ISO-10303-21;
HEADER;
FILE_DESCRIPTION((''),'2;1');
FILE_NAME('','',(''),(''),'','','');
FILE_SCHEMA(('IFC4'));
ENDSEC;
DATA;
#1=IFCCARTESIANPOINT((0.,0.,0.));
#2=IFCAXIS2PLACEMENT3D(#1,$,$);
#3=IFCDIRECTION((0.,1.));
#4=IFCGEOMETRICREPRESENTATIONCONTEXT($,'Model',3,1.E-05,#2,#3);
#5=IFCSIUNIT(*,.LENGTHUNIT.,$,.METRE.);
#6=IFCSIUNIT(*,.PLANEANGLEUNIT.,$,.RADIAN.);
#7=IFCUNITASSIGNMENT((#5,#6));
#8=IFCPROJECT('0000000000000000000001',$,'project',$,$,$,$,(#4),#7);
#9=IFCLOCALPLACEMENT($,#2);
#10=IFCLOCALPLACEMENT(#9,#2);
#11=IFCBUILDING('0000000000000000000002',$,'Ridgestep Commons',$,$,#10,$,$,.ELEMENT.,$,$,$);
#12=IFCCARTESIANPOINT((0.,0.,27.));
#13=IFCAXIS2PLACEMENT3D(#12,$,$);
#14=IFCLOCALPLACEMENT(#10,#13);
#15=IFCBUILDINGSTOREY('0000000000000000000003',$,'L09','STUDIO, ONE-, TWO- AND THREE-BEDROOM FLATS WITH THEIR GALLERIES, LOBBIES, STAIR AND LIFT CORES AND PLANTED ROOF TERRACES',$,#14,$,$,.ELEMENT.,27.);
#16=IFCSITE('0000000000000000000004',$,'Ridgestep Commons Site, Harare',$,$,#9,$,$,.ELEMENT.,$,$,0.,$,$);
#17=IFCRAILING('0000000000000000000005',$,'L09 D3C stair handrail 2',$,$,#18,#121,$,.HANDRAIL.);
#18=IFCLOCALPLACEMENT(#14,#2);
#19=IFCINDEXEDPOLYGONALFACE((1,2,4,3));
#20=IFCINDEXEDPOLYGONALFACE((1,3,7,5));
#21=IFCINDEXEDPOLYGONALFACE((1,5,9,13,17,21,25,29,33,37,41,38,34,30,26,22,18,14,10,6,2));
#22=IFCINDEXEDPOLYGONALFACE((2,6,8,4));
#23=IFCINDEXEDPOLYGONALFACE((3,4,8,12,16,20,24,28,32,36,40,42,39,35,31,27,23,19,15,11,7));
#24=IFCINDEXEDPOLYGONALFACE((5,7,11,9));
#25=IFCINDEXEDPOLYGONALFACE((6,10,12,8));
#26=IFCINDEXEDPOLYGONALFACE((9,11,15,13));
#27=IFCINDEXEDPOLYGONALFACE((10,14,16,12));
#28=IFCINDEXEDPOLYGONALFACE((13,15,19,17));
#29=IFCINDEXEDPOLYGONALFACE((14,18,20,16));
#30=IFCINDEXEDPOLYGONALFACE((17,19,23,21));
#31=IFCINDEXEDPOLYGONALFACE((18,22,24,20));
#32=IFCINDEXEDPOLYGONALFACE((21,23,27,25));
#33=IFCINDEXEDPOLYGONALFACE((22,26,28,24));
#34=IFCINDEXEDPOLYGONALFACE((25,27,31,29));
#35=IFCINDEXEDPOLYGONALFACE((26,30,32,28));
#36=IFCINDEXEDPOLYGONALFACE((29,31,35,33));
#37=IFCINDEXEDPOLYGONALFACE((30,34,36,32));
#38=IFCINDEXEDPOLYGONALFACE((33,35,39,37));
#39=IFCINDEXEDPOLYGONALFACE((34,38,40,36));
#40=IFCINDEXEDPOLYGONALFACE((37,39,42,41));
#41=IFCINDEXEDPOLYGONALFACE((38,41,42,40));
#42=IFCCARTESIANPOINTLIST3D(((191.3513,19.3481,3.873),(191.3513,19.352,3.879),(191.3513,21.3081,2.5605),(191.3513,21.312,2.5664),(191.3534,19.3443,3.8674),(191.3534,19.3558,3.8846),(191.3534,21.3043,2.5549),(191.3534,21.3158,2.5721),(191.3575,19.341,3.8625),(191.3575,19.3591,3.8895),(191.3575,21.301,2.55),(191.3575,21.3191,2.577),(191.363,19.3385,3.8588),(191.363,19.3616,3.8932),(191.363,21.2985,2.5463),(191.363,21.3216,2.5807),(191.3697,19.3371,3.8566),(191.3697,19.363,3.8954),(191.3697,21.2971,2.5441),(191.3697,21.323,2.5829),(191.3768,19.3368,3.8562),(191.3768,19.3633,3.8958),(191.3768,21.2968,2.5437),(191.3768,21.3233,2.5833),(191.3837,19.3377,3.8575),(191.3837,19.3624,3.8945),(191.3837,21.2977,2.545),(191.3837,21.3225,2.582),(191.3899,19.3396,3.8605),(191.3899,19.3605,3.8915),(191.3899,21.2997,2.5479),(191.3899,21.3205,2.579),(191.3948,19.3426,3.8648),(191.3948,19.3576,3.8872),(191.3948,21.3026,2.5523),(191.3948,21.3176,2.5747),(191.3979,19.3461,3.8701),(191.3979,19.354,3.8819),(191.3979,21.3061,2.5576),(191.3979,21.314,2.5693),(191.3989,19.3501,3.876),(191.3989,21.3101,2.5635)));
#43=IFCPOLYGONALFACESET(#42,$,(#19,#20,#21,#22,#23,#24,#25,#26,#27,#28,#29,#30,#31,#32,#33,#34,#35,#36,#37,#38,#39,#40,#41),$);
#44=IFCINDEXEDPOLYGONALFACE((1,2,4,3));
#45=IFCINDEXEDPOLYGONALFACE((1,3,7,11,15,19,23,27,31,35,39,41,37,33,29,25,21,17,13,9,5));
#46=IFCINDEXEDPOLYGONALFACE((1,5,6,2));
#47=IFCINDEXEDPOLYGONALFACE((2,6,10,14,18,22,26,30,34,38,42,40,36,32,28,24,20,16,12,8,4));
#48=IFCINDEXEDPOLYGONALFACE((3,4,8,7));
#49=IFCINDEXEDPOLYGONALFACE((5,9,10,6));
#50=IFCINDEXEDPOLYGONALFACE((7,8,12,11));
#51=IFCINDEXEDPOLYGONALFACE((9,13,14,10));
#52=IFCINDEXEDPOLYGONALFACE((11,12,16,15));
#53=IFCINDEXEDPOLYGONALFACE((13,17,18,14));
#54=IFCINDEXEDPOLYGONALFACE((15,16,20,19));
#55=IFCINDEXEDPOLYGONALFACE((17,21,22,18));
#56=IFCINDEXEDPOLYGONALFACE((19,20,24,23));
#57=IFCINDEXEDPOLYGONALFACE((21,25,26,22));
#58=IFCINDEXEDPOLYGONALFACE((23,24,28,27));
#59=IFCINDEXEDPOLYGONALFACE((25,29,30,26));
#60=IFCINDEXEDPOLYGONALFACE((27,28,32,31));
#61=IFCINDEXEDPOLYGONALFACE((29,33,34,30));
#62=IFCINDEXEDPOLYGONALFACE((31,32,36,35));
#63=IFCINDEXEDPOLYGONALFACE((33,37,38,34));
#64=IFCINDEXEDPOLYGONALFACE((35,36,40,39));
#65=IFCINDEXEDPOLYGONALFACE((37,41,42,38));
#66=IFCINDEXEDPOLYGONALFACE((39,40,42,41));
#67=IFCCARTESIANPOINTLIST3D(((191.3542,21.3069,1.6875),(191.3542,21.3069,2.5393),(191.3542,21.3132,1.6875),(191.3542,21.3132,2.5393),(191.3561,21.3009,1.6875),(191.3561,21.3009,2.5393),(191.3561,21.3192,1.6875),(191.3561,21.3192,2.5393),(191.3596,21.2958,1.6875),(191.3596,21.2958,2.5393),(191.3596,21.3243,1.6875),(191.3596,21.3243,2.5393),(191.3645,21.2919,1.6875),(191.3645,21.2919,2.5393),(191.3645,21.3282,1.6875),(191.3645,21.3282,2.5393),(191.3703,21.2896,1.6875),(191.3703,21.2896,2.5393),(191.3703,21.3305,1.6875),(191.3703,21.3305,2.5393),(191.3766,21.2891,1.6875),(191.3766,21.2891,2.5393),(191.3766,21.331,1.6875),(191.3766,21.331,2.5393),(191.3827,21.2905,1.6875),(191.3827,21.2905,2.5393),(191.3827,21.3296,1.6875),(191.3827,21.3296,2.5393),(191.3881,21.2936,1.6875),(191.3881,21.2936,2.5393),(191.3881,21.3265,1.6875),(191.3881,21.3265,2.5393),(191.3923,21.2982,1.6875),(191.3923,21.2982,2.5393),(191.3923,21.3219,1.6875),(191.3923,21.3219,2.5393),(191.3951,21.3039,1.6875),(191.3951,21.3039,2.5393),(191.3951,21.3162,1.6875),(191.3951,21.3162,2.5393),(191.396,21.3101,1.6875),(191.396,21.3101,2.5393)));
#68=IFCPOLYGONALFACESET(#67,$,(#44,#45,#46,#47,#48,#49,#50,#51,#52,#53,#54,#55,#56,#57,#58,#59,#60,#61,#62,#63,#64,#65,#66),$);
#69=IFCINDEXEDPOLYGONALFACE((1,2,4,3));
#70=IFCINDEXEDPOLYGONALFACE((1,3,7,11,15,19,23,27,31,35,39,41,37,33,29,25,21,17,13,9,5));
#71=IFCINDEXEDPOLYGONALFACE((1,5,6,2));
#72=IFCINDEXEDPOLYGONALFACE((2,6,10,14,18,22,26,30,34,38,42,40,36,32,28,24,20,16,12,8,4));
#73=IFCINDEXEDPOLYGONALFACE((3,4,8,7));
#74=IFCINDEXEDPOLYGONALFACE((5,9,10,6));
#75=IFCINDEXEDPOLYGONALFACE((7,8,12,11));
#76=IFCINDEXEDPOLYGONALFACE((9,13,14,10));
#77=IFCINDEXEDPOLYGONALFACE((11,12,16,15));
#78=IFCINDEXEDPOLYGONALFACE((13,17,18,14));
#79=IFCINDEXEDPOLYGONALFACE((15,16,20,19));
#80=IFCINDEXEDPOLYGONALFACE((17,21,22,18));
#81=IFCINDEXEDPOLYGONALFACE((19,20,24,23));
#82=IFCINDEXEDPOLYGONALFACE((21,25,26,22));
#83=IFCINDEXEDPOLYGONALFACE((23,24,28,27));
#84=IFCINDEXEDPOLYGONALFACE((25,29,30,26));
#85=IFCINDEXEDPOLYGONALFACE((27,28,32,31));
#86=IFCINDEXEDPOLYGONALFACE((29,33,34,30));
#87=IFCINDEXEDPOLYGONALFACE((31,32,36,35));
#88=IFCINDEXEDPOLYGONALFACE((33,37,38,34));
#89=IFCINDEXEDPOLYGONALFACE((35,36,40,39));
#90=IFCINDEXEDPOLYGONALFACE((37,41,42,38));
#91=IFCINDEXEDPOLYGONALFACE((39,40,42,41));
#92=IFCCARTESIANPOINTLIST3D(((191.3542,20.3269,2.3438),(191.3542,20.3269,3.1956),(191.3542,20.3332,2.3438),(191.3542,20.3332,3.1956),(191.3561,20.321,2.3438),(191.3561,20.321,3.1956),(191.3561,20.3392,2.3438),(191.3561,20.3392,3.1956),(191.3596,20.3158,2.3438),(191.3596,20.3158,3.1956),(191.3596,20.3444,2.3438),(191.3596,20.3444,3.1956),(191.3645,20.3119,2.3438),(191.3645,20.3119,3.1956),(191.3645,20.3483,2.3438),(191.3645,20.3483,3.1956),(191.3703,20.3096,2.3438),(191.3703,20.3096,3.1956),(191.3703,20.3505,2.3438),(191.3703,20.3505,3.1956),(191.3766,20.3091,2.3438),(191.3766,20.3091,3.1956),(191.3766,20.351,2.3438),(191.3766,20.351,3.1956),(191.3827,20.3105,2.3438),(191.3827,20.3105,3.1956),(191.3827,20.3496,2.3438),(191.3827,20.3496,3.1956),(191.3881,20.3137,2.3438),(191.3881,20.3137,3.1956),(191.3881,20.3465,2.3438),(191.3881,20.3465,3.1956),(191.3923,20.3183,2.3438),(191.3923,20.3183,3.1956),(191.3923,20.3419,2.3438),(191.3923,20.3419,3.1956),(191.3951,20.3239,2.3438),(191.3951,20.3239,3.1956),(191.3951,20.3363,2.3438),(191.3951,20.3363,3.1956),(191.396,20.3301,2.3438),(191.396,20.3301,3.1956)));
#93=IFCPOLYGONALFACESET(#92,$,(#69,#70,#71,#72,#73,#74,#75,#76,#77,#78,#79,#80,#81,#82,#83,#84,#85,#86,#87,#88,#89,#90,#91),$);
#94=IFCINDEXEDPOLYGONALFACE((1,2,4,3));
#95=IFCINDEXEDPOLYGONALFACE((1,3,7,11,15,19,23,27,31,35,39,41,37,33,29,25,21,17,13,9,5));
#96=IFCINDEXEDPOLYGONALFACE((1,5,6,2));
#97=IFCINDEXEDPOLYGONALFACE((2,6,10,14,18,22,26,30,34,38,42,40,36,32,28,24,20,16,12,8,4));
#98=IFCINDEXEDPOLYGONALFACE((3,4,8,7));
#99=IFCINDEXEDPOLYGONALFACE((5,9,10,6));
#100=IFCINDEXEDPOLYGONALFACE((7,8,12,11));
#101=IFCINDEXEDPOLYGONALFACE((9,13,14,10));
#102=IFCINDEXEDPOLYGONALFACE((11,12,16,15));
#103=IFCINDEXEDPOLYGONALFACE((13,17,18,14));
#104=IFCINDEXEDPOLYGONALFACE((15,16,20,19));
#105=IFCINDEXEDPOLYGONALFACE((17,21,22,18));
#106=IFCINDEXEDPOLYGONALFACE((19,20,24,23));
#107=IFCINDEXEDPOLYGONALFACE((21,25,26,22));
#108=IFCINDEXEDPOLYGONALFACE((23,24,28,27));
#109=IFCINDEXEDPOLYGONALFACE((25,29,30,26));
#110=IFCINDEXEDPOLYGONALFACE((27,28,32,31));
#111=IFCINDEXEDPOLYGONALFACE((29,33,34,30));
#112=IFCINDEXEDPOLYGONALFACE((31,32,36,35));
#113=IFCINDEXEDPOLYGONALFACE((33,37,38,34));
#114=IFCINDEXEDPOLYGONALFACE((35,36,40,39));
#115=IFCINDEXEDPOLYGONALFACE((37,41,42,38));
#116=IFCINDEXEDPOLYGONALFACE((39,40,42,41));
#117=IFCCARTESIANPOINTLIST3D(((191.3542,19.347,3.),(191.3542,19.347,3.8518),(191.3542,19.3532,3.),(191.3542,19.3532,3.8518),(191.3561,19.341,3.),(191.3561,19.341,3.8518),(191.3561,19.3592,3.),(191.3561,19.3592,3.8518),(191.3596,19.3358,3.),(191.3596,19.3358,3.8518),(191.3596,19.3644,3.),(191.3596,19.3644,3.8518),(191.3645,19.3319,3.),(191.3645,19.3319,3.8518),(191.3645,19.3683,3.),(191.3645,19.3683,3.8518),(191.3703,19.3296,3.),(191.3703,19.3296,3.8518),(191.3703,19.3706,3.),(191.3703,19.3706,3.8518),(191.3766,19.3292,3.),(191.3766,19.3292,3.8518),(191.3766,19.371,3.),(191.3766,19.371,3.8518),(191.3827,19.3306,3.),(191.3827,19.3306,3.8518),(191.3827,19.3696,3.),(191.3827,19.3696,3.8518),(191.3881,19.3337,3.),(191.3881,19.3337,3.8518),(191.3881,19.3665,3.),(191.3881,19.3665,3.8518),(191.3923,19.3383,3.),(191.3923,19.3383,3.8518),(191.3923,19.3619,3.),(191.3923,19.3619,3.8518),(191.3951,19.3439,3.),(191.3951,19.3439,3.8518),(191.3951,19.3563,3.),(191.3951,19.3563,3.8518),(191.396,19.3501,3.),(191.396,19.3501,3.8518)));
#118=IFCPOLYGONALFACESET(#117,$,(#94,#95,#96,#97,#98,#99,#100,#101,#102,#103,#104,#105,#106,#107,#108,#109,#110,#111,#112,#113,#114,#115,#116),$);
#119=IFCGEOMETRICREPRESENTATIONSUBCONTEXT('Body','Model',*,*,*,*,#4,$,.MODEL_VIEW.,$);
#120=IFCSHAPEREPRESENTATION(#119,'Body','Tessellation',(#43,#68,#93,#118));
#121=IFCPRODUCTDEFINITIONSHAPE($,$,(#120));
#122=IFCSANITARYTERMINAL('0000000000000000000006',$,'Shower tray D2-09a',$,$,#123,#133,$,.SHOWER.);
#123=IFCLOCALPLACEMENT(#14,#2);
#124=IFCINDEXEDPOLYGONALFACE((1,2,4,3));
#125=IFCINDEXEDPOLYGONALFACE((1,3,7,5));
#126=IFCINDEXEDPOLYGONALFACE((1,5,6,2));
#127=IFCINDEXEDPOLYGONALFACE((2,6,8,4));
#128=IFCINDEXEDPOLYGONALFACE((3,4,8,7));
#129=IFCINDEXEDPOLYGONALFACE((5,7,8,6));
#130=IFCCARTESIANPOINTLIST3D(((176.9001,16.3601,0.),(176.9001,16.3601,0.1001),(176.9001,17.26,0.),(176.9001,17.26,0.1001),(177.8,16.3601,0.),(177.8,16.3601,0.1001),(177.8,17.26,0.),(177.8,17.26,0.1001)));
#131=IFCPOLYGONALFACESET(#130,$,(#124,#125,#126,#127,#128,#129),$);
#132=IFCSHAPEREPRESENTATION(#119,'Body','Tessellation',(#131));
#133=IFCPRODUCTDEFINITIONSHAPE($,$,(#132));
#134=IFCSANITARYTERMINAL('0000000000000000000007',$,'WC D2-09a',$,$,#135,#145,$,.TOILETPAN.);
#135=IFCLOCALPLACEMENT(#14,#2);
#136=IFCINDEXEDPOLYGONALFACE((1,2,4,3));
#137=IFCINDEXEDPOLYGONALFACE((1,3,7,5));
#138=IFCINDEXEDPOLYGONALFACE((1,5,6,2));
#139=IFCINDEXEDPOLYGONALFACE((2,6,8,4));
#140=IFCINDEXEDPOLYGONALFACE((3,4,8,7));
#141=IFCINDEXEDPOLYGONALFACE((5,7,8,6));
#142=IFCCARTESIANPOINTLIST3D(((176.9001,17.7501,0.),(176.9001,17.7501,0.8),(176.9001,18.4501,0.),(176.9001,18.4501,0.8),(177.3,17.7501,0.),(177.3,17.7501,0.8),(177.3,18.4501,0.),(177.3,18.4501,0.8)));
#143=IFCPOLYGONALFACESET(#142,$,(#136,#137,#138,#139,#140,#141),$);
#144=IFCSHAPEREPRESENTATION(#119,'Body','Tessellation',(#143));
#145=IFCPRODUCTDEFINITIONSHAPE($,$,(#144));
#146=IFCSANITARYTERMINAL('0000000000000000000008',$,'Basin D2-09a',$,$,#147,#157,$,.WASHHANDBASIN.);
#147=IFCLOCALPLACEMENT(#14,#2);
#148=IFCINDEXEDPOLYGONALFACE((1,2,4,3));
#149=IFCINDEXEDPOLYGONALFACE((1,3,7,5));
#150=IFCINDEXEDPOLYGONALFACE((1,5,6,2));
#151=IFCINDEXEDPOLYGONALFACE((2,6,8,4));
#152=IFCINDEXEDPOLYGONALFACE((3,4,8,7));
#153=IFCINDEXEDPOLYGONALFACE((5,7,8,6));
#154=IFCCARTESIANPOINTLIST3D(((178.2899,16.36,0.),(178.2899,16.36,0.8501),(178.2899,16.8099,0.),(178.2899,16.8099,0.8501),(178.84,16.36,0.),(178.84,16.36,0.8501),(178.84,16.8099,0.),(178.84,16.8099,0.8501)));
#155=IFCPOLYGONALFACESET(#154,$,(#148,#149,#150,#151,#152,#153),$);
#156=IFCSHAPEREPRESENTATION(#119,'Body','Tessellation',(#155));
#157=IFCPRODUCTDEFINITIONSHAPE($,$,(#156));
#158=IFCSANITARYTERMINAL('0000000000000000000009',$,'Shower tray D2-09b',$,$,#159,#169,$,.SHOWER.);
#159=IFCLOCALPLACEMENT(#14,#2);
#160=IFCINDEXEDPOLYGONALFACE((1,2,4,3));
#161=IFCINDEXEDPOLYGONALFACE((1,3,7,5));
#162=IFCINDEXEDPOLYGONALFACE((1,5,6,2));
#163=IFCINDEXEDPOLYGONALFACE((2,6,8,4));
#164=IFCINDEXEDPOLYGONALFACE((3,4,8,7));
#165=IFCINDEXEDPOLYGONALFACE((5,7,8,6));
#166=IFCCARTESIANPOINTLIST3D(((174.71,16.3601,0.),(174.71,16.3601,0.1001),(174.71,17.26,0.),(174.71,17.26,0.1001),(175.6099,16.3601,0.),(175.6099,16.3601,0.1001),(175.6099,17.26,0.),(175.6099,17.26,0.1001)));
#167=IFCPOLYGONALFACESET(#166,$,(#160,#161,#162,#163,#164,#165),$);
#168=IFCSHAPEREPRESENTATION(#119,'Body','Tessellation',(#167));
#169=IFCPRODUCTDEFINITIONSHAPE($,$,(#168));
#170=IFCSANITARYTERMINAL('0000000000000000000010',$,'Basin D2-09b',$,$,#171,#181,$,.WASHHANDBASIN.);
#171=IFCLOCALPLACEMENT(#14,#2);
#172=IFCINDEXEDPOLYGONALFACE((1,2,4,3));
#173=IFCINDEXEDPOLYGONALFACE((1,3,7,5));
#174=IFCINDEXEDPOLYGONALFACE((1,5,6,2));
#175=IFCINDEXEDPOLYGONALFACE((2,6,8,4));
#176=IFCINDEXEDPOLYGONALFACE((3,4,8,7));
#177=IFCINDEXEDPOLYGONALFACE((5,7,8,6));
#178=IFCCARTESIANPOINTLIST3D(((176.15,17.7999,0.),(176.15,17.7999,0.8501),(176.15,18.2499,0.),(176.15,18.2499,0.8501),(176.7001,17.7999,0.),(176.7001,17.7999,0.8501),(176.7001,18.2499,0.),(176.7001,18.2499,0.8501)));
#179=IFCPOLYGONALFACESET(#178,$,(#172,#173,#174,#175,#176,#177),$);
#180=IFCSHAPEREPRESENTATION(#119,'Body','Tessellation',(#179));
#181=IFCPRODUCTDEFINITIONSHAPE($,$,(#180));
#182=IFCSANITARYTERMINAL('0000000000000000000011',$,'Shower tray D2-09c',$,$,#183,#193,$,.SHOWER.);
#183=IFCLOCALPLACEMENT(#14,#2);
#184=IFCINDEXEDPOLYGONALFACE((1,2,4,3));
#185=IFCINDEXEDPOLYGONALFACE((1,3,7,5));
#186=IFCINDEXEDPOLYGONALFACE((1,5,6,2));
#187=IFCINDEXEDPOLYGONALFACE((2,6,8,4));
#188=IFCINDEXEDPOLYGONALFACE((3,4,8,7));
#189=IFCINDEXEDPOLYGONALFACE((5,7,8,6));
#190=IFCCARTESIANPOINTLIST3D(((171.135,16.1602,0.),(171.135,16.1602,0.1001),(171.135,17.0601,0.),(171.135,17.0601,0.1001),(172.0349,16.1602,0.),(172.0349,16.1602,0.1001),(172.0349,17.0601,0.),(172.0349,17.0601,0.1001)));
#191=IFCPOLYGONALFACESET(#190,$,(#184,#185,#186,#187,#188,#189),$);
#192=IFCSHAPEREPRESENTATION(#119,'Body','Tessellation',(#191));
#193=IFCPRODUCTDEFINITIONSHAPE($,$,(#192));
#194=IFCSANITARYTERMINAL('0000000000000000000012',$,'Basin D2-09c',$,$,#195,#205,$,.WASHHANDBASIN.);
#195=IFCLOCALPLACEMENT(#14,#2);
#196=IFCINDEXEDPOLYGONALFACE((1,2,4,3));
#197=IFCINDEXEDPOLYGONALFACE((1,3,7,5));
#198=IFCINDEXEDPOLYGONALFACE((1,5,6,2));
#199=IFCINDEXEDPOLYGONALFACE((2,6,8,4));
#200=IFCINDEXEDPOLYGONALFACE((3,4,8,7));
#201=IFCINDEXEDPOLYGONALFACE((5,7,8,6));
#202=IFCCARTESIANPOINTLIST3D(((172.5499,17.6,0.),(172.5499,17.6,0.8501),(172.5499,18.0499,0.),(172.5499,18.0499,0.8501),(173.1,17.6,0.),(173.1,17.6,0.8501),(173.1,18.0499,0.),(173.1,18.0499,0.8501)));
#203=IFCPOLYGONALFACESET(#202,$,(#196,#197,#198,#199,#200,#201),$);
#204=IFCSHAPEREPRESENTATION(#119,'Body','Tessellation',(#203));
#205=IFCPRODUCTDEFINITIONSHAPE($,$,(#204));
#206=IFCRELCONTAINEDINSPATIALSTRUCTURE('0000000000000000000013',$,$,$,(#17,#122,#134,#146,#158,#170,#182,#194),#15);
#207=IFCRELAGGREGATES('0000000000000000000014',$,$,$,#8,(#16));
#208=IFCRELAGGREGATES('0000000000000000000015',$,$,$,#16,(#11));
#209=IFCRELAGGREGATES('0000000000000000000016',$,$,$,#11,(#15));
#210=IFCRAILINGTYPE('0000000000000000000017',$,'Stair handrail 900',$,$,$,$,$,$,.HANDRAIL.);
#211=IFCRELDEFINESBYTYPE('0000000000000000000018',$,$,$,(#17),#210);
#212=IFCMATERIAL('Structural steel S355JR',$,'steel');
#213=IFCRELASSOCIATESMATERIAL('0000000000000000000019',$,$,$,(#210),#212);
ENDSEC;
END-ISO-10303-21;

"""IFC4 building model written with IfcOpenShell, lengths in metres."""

from ifc_helpers import new_model, si_unit, direction, frame, origin, origin_2d, place, context, subcontext, project, spatial, rectangle, circle, extrude, material, type_object, element, save


model = new_model("IFC4")

# Units and contexts
model_context = context("Model", 3, precision=1e-05, world=origin(), true_north=direction((0.0, 1.0)))
body_context = subcontext(model_context, "Body", "Model", "MODEL_VIEW")
ifc_project = project(units=[si_unit("LENGTHUNIT", "METRE"), si_unit("PLANEANGLEUNIT", "RADIAN")], contexts=[model_context])

# Site, building, storey
site_placement = place(None, origin())
site = spatial("IfcSite", under=ifc_project, at=site_placement, Name="Ridgestep Commons Site, Harare", CompositionType="ELEMENT", RefElevation=0.0)
building_placement = place(site_placement, origin())
building = spatial("IfcBuilding", under=site, at=building_placement, Name="Ridgestep Commons", CompositionType="ELEMENT")
storey_placement = place(building_placement, frame((0.0, 0.0, 27.0)))
storey = spatial("IfcBuildingStorey", under=building, at=storey_placement, Name="L09", Description="STUDIO, ONE-, TWO- AND THREE-BEDROOM FLATS WITH THEIR GALLERIES, LOBBIES, STAIR AND LIFT CORES AND PLANTED ROOF TERRACES", CompositionType="ELEMENT", Elevation=27.0)

# Railing
ifc_material_1 = material(Name="Structural steel S355JR", Category="steel")
railing_type = type_object("IfcRailingType", Name="Stair handrail 900", PredefinedType="HANDRAIL", material=ifc_material_1)
railing_placement = place(storey_placement, frame((191.375, 21.3101, 1.6875)))
element("IfcRailing", 1, at=railing_placement, inside=storey, type_object=railing_type, Name="L09 D3C stair handrail 2", PredefinedType="HANDRAIL", context=body_context, shape_type="SweptSolid", body=[
    extrude(circle(Radius=0.0239, at=origin_2d()), frame((0.0, 0.0, 0.876), z_axis=(0.0, -0.830902, 0.556419), x_axis=(1.0, 0.0, 0.0)), (0.0, 0.0, 1.0), 2.3589),
    extrude(circle(Radius=0.021, at=origin_2d()), origin(), (0.0, 0.0, 1.0), 0.8518),
    extrude(circle(Radius=0.021, at=origin_2d()), frame((0.0, -0.98, 0.6562)), (0.0, 0.0, 1.0), 0.8518),
    extrude(circle(Radius=0.021, at=origin_2d()), frame((0.0, -1.96, 1.3125)), (0.0, 0.0, 1.0), 0.8518),
])

# Sanitary terminals
sanitary_terminal_1_placement = place(storey_placement, frame((177.3501, 16.8101, 0.0), z_axis=(0.0, 0.0, 1.0), x_axis=(1.0, 0.0, 0.0)))
element("IfcSanitaryTerminal", 2, at=sanitary_terminal_1_placement, inside=storey, Name="Shower tray D2-09a", PredefinedType="SHOWER", context=body_context, shape_type="SweptSolid", body=[
    extrude(rectangle(XDim=0.8999, YDim=0.8999, at=origin_2d()), origin(), (0.0, 0.0, 1.0), 0.1001),
])
sanitary_terminal_2_placement = place(storey_placement, frame((177.1001, 18.1001, 0.0), z_axis=(0.0, 0.0, 1.0), x_axis=(1.0, 0.0, 0.0)))
element("IfcSanitaryTerminal", 3, at=sanitary_terminal_2_placement, inside=storey, Name="WC D2-09a", PredefinedType="TOILETPAN", context=body_context, shape_type="SweptSolid", body=[
    extrude(rectangle(XDim=0.3999, YDim=0.7, at=origin_2d()), origin(), (0.0, 0.0, 1.0), 0.8),
])
sanitary_terminal_3_placement = place(storey_placement, frame((178.5649, 16.585, 0.0), z_axis=(0.0, 0.0, 1.0), x_axis=(1.0, 0.0, 0.0)))
element("IfcSanitaryTerminal", 4, at=sanitary_terminal_3_placement, inside=storey, Name="Basin D2-09a", PredefinedType="WASHHANDBASIN", context=body_context, shape_type="SweptSolid", body=[
    extrude(rectangle(XDim=0.55, YDim=0.45, at=origin_2d()), origin(), (0.0, 0.0, 1.0), 0.8501),
])
sanitary_terminal_4_placement = place(storey_placement, frame((175.1599, 16.8101, 0.0), z_axis=(0.0, 0.0, 1.0), x_axis=(1.0, 0.0, 0.0)))
element("IfcSanitaryTerminal", 5, at=sanitary_terminal_4_placement, inside=storey, Name="Shower tray D2-09b", PredefinedType="SHOWER", context=body_context, shape_type="SweptSolid", body=[
    extrude(rectangle(XDim=0.8999, YDim=0.8999, at=origin_2d()), origin(), (0.0, 0.0, 1.0), 0.1001),
])
sanitary_terminal_5_placement = place(storey_placement, frame((176.425, 18.0249, 0.0), z_axis=(0.0, 0.0, 1.0), x_axis=(1.0, 0.0, 0.0)))
element("IfcSanitaryTerminal", 6, at=sanitary_terminal_5_placement, inside=storey, Name="Basin D2-09b", PredefinedType="WASHHANDBASIN", context=body_context, shape_type="SweptSolid", body=[
    extrude(rectangle(XDim=0.55, YDim=0.45, at=origin_2d()), origin(), (0.0, 0.0, 1.0), 0.8501),
])
sanitary_terminal_6_placement = place(storey_placement, frame((171.585, 16.6101, 0.0), z_axis=(0.0, 0.0, 1.0), x_axis=(1.0, 0.0, 0.0)))
element("IfcSanitaryTerminal", 7, at=sanitary_terminal_6_placement, inside=storey, Name="Shower tray D2-09c", PredefinedType="SHOWER", context=body_context, shape_type="SweptSolid", body=[
    extrude(rectangle(XDim=0.8999, YDim=0.8999, at=origin_2d()), origin(), (0.0, 0.0, 1.0), 0.1001),
])
sanitary_terminal_7_placement = place(storey_placement, frame((172.825, 17.825, 0.0), z_axis=(0.0, 0.0, 1.0), x_axis=(1.0, 0.0, 0.0)))
element("IfcSanitaryTerminal", 8, at=sanitary_terminal_7_placement, inside=storey, Name="Basin D2-09c", PredefinedType="WASHHANDBASIN", context=body_context, shape_type="SweptSolid", body=[
    extrude(rectangle(XDim=0.55, YDim=0.45, at=origin_2d()), origin(), (0.0, 0.0, 1.0), 0.8501),
])

save(model, "model.ifc")
